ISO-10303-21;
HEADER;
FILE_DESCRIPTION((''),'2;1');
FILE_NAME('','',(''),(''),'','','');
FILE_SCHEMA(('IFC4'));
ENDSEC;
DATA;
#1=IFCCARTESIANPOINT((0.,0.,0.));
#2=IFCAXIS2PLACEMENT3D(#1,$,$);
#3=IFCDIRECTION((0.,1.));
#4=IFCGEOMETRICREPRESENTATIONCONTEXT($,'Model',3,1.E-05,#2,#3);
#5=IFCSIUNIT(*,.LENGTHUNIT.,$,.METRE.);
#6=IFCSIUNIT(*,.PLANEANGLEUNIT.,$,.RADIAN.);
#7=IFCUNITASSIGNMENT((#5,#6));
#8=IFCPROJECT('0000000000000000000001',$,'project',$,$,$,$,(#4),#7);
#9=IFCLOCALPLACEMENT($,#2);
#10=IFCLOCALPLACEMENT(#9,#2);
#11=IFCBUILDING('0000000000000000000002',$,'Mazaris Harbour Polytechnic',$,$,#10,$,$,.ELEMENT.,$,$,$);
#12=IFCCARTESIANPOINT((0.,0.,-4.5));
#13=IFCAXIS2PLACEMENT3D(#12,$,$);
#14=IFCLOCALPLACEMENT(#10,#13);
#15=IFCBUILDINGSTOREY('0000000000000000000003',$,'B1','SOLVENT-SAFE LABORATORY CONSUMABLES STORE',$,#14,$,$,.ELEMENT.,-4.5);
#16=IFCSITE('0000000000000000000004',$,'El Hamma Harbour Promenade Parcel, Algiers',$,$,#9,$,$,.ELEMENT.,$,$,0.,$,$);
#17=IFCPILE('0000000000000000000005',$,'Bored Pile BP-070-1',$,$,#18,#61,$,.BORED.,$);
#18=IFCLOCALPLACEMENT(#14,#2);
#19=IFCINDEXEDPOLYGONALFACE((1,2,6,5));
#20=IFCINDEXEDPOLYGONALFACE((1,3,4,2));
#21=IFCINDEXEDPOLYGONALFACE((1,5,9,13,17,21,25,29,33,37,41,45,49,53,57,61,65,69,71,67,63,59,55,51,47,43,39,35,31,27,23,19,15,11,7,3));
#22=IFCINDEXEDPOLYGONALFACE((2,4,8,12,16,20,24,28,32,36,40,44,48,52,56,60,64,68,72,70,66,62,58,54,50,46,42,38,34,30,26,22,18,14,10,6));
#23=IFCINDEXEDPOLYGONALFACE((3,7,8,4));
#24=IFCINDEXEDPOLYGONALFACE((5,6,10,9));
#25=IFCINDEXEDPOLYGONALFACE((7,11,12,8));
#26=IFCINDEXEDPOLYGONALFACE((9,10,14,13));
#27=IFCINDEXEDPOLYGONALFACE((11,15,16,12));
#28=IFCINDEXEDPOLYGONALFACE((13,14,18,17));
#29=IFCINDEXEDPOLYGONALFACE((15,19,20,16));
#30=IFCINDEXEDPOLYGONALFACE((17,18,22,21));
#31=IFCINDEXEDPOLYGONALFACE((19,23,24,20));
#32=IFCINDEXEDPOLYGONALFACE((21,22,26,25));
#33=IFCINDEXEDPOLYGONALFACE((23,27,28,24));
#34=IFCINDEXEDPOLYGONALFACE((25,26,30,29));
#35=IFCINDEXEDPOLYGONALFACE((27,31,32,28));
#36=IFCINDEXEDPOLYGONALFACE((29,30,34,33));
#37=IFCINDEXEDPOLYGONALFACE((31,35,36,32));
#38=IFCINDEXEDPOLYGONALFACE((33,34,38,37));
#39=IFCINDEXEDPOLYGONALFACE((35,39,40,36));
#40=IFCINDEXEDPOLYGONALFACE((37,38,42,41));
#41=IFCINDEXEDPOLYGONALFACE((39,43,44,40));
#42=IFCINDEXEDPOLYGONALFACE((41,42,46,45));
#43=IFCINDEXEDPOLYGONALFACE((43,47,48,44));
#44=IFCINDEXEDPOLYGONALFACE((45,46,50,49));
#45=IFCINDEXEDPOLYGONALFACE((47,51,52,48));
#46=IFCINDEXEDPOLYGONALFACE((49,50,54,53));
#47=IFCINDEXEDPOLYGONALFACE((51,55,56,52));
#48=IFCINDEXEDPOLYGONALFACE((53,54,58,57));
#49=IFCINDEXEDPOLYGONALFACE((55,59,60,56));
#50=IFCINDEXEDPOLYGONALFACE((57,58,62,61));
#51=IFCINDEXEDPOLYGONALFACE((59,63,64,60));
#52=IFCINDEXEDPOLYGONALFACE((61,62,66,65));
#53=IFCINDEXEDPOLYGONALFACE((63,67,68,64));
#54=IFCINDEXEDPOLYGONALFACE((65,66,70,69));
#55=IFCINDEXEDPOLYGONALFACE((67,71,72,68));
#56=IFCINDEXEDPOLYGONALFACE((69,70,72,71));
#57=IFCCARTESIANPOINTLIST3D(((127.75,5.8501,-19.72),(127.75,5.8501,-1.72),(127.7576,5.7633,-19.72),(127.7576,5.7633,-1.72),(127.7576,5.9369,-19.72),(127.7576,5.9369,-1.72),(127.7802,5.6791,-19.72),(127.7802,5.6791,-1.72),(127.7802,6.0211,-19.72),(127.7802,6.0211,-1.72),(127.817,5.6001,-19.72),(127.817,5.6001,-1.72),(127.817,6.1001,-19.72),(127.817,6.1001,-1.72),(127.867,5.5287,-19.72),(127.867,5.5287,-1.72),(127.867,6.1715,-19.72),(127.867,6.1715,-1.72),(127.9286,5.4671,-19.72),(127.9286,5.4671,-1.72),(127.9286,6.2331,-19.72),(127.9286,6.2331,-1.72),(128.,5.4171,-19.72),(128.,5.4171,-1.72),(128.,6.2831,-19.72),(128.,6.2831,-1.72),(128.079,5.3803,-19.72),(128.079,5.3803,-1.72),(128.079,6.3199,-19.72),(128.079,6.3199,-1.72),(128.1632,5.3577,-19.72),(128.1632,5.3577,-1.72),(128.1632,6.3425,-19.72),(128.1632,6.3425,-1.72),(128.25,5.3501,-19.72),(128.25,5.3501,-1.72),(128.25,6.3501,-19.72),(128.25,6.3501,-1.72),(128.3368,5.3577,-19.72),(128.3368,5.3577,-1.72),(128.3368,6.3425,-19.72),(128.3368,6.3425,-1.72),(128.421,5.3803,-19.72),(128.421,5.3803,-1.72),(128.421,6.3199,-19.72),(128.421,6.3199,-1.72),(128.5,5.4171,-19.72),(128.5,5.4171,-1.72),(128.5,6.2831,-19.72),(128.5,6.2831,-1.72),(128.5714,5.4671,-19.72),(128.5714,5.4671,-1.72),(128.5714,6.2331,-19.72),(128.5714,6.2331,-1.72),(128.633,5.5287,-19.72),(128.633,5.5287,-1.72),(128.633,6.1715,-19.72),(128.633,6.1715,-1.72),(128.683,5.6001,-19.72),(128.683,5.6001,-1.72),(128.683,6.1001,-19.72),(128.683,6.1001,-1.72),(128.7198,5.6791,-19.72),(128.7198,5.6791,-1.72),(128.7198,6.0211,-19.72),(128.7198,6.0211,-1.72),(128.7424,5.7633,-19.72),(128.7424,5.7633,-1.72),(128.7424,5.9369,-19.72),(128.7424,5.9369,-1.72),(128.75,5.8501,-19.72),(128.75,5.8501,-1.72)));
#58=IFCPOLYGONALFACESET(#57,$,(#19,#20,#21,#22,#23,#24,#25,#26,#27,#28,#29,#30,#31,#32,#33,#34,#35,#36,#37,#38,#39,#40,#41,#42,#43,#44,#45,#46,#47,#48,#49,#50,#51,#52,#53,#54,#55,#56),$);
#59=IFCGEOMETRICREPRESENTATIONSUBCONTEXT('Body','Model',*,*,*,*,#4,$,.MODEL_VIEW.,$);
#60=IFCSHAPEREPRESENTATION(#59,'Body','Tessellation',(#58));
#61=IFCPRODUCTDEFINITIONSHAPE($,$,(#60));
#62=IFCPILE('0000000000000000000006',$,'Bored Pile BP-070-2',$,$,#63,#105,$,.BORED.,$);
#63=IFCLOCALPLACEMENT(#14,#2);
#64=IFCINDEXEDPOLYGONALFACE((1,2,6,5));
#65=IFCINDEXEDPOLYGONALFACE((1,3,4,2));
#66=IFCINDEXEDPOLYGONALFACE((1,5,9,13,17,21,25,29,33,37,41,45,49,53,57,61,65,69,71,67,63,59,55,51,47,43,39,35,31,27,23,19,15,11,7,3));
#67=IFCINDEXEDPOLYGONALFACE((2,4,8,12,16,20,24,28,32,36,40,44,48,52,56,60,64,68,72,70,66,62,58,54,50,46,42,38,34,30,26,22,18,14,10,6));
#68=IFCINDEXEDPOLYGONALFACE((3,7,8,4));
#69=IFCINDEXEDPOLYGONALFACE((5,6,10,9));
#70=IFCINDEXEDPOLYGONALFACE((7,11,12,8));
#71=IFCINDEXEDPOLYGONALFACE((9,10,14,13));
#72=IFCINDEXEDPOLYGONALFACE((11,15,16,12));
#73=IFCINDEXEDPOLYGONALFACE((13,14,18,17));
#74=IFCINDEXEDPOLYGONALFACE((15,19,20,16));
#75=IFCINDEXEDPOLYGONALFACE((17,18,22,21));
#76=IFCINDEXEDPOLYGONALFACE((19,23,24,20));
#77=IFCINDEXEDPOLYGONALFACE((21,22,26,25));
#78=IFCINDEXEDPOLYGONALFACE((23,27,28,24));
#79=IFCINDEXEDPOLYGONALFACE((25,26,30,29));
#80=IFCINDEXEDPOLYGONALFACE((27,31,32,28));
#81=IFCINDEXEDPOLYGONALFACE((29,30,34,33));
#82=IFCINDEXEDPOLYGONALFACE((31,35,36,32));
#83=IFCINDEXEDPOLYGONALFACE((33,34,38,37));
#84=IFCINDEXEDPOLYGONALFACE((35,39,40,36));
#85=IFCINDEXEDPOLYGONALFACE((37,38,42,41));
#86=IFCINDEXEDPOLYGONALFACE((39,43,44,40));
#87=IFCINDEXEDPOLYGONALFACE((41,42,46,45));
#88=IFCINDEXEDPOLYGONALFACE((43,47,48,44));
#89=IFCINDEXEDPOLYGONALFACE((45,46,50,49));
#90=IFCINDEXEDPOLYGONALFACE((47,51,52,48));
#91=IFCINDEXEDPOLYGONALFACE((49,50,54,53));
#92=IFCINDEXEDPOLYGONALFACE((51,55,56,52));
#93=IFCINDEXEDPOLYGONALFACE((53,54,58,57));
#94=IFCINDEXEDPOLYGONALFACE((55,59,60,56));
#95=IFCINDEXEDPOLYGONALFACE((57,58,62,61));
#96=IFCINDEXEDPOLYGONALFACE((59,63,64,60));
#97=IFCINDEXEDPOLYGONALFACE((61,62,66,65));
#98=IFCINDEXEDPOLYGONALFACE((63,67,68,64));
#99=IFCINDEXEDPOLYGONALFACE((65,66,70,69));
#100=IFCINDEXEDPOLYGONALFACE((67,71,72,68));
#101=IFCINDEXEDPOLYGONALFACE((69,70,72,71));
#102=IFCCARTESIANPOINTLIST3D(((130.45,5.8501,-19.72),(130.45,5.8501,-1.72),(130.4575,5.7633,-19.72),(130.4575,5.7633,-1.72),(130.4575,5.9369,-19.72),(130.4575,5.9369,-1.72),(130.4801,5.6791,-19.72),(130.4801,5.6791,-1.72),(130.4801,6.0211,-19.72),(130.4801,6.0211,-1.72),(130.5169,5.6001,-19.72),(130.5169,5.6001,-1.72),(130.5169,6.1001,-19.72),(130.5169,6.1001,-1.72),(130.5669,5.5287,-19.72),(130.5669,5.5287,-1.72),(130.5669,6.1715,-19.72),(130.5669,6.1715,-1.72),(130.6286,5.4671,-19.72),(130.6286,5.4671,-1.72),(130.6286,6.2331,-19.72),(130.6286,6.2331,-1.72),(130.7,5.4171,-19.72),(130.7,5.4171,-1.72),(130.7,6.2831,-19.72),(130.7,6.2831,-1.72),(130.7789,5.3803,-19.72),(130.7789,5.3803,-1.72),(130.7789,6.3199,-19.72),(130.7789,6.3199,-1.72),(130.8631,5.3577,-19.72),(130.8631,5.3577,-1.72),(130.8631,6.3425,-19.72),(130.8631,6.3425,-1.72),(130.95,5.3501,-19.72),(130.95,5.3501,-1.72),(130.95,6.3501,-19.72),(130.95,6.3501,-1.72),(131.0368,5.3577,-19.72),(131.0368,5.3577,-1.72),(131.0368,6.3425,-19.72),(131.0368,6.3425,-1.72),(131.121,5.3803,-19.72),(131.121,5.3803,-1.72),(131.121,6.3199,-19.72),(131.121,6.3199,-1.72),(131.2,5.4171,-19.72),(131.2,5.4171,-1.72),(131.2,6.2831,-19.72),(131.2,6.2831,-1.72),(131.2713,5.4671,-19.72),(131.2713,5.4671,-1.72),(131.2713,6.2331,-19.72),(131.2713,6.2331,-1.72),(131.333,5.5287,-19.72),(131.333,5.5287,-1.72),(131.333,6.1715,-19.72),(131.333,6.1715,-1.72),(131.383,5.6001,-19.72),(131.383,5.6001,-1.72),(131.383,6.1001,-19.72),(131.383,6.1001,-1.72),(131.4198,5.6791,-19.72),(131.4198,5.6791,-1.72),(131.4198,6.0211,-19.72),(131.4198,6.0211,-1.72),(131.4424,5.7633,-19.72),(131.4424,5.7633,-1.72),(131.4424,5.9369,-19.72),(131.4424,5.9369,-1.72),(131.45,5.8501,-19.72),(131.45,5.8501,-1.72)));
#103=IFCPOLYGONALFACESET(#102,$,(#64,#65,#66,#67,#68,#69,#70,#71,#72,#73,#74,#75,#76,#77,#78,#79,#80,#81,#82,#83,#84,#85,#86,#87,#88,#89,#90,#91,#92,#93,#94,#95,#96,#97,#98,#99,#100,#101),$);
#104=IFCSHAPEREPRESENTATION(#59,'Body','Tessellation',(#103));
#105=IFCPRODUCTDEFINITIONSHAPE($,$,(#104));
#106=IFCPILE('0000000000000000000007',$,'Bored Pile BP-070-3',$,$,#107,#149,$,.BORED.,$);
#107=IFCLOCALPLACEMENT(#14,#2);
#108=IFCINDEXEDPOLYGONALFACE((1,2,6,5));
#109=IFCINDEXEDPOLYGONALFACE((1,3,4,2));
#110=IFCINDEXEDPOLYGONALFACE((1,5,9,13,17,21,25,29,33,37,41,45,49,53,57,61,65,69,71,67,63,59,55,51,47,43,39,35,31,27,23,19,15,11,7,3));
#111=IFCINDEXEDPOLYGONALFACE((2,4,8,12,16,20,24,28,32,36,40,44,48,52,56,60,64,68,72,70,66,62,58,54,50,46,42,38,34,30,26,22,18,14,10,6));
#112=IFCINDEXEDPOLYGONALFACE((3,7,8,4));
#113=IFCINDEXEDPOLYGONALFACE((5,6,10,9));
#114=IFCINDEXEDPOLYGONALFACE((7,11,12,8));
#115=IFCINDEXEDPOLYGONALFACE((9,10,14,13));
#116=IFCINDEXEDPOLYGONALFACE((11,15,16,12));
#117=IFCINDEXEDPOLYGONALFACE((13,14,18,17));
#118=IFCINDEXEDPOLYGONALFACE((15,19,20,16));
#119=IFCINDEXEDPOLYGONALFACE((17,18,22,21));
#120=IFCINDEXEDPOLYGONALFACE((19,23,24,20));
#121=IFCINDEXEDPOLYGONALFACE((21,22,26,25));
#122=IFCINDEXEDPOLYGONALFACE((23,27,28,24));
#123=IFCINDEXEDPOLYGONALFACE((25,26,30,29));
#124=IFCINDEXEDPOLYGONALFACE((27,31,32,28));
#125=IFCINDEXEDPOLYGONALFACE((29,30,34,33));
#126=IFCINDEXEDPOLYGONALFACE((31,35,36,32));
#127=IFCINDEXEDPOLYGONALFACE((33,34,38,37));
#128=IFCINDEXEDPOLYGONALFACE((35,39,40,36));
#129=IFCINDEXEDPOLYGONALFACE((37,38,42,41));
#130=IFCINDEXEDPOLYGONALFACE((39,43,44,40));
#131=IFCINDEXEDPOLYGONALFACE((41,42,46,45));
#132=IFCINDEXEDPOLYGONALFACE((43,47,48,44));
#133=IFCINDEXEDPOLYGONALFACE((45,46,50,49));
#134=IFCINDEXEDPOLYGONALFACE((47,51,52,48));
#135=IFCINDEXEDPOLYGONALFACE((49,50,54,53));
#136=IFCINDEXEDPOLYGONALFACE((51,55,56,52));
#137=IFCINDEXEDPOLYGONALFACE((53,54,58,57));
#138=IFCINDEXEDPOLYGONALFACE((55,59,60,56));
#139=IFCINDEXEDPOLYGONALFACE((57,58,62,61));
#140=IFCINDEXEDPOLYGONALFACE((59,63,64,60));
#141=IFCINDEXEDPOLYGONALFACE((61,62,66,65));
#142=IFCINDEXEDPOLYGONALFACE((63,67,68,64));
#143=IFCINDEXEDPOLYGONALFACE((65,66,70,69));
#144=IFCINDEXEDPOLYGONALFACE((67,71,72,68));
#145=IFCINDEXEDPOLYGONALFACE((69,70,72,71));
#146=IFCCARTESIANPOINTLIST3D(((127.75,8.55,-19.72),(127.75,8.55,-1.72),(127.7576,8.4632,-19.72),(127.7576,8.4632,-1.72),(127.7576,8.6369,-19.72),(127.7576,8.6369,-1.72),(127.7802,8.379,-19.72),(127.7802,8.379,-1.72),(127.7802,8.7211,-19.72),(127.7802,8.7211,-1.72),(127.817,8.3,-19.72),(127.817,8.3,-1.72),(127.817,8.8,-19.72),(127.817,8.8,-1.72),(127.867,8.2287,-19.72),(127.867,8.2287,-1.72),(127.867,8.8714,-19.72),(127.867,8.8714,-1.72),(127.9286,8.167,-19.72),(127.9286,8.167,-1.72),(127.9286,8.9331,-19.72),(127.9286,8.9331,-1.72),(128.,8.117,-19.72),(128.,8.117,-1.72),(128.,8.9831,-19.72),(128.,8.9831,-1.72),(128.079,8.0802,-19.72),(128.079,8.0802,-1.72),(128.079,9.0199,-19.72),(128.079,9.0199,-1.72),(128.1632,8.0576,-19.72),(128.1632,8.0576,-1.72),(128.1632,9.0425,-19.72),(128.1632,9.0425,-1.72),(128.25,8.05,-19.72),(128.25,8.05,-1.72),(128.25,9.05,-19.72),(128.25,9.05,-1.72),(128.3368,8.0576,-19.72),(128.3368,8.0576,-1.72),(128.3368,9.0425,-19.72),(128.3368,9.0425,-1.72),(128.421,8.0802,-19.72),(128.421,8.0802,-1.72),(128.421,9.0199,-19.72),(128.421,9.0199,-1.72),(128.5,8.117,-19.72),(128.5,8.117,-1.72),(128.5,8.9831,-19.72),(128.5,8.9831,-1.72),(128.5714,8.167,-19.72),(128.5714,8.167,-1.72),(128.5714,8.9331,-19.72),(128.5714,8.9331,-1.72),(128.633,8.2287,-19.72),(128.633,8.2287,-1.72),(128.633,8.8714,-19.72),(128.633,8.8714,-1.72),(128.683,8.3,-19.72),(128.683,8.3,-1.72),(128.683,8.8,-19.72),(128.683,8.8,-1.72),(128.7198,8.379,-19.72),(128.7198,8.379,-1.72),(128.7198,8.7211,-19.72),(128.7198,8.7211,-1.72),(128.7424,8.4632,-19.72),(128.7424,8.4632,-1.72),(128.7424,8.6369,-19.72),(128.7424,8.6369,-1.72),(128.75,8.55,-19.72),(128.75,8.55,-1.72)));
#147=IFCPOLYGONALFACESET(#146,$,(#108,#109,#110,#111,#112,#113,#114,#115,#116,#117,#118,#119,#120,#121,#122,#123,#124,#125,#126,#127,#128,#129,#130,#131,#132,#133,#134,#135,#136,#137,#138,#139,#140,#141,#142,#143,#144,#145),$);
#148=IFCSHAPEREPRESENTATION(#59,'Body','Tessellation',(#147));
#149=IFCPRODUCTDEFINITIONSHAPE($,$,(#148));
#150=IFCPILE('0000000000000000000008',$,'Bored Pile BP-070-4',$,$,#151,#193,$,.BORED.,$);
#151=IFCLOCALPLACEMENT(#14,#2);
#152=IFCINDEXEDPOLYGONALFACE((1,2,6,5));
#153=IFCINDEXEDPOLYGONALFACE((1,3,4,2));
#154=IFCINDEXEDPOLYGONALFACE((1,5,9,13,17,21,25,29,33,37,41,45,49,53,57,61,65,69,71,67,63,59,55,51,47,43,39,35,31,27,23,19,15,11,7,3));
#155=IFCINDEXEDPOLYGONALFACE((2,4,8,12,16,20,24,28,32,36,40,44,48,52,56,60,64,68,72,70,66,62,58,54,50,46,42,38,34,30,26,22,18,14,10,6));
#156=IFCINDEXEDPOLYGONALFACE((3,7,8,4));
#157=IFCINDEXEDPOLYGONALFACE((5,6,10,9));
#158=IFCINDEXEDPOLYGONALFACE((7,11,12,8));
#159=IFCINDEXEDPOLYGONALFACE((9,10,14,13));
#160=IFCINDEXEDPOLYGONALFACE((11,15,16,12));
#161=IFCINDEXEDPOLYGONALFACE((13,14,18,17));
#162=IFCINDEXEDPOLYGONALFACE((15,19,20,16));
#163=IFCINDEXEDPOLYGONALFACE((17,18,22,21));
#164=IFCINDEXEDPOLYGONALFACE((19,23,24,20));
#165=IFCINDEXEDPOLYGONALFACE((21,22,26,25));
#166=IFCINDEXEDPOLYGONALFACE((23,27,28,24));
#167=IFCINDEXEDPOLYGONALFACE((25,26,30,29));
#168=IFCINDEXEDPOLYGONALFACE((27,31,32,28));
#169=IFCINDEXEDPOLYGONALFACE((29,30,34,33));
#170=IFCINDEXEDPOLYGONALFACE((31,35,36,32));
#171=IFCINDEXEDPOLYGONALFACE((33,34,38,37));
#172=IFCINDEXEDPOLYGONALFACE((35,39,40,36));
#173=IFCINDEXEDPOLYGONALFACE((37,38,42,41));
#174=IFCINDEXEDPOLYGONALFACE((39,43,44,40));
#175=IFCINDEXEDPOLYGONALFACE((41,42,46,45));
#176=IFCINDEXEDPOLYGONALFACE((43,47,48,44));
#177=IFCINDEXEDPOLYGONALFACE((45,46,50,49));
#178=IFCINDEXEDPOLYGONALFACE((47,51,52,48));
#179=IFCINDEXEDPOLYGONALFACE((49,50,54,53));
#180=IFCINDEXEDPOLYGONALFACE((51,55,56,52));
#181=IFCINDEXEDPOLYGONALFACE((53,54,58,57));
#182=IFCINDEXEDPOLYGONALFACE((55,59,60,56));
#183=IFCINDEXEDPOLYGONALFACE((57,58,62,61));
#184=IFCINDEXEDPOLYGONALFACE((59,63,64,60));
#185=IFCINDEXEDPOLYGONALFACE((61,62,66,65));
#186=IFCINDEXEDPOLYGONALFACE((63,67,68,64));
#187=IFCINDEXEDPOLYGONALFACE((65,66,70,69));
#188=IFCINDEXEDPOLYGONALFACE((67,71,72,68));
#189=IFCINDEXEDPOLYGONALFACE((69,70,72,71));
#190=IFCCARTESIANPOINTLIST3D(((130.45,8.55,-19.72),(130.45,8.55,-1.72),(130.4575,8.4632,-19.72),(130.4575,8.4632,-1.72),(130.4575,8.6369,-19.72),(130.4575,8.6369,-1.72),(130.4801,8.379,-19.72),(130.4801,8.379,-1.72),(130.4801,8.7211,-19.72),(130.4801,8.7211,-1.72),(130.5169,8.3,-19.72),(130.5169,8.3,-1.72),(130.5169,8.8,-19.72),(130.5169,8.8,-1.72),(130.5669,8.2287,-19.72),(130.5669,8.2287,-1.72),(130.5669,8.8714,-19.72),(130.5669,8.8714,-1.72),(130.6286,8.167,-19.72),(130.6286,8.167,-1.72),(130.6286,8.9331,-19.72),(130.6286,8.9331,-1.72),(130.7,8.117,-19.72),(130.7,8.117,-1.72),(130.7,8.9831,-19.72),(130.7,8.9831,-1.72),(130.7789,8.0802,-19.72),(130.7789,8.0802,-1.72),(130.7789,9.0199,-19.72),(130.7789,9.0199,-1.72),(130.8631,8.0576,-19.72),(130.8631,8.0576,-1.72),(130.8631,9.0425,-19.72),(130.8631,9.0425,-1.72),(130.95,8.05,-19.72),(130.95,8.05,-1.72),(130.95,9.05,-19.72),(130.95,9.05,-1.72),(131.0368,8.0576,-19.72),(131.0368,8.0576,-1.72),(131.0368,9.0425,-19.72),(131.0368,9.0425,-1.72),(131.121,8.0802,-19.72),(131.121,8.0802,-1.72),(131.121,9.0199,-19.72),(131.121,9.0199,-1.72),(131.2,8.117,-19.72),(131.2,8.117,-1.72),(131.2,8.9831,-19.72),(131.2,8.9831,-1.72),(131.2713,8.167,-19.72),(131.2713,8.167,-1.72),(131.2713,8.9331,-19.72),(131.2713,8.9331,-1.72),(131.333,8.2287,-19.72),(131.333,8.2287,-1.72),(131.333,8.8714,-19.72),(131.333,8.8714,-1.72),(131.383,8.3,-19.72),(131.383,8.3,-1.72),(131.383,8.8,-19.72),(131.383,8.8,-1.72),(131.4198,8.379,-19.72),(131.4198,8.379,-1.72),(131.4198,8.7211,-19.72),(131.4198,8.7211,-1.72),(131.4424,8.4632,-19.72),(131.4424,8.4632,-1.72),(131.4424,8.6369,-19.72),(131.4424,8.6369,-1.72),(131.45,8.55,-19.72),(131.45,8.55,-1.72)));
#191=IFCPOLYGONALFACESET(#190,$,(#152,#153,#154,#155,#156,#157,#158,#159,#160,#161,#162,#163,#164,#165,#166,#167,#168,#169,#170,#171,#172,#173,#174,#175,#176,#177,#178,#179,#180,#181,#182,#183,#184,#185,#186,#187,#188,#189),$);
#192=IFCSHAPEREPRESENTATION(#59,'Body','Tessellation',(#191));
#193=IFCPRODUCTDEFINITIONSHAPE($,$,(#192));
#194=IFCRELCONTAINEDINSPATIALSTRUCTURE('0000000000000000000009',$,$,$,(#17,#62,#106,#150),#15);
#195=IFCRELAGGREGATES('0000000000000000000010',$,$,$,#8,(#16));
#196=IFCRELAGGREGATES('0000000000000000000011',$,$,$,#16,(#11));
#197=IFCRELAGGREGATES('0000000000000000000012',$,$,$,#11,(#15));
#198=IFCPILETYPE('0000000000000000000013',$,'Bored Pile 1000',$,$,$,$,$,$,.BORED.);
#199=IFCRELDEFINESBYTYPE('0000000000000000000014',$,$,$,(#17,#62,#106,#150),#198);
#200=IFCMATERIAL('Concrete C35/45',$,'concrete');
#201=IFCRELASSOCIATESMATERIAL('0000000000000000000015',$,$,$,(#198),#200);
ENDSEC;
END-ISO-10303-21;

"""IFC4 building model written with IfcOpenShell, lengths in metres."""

from ifc_helpers import new_model, si_unit, direction, frame, origin, origin_2d, place, context, subcontext, project, spatial, circle, extrude, material, material_profile, profile_set, type_object, element, save


model = new_model("IFC4")

# Units and contexts
model_context = context("Model", 3, precision=1e-05, world=origin(), true_north=direction((0.0, 1.0)))
body_context = subcontext(model_context, "Body", "Model", "MODEL_VIEW")
ifc_project = project(units=[si_unit("LENGTHUNIT", "METRE"), si_unit("PLANEANGLEUNIT", "RADIAN")], contexts=[model_context])

# Site, building, storey
site_placement = place(None, origin())
site = spatial("IfcSite", under=ifc_project, at=site_placement, Name="El Hamma Harbour Promenade Parcel, Algiers", CompositionType="ELEMENT", RefElevation=0.0)
building_placement = place(site_placement, origin())
building = spatial("IfcBuilding", under=site, at=building_placement, Name="Mazaris Harbour Polytechnic", CompositionType="ELEMENT")
storey_placement = place(building_placement, frame((0.0, 0.0, -4.5)))
storey = spatial("IfcBuildingStorey", under=building, at=storey_placement, Name="B1", Description="SOLVENT-SAFE LABORATORY CONSUMABLES STORE", CompositionType="ELEMENT", Elevation=-4.5)

# Piles
ifc_material_1 = material(Name="Concrete C35/45", Category="concrete")
ifc_material_profile_1 = material_profile(ifc_material_1, circle(Radius=0.5, at=origin_2d()), Name="DIA1000")
ifc_profile_set_1 = profile_set([ifc_material_profile_1], Name="Concrete C35/45")
pile_type_1 = type_object("IfcPileType", Name="Bored Pile 1000", PredefinedType="BORED", material=ifc_profile_set_1)
for number, where, z_axis, x_axis, name in (
    (1, (128.25, 5.8501, -1.72), (0.0, 0.0, -1.0), (1.0, 0.0, 0.0), "Bored Pile BP-070-1"),
    (2, (130.95, 5.8501, -1.72), (0.0, 0.0, -1.0), (1.0, 0.0, 0.0), "Bored Pile BP-070-2"),
    (3, (128.25, 8.55, -1.72), (0.0, 0.0, -1.0), (1.0, 0.0, 0.0), "Bored Pile BP-070-3"),
    (4, (130.95, 8.55, -1.72), (0.0, 0.0, -1.0), (1.0, 0.0, 0.0), "Bored Pile BP-070-4"),
):
    element("IfcPile", number, at=place(storey_placement, frame(where, z_axis=z_axis, x_axis=x_axis)), inside=storey, type_object=pile_type_1, Name=name, PredefinedType="BORED", context=body_context, shape_type="SweptSolid", body=[
        extrude(circle(Radius=0.5, at=origin_2d()), origin(), (0.0, 0.0, 1.0), 18.0),
    ])

save(model, "model.ifc")
